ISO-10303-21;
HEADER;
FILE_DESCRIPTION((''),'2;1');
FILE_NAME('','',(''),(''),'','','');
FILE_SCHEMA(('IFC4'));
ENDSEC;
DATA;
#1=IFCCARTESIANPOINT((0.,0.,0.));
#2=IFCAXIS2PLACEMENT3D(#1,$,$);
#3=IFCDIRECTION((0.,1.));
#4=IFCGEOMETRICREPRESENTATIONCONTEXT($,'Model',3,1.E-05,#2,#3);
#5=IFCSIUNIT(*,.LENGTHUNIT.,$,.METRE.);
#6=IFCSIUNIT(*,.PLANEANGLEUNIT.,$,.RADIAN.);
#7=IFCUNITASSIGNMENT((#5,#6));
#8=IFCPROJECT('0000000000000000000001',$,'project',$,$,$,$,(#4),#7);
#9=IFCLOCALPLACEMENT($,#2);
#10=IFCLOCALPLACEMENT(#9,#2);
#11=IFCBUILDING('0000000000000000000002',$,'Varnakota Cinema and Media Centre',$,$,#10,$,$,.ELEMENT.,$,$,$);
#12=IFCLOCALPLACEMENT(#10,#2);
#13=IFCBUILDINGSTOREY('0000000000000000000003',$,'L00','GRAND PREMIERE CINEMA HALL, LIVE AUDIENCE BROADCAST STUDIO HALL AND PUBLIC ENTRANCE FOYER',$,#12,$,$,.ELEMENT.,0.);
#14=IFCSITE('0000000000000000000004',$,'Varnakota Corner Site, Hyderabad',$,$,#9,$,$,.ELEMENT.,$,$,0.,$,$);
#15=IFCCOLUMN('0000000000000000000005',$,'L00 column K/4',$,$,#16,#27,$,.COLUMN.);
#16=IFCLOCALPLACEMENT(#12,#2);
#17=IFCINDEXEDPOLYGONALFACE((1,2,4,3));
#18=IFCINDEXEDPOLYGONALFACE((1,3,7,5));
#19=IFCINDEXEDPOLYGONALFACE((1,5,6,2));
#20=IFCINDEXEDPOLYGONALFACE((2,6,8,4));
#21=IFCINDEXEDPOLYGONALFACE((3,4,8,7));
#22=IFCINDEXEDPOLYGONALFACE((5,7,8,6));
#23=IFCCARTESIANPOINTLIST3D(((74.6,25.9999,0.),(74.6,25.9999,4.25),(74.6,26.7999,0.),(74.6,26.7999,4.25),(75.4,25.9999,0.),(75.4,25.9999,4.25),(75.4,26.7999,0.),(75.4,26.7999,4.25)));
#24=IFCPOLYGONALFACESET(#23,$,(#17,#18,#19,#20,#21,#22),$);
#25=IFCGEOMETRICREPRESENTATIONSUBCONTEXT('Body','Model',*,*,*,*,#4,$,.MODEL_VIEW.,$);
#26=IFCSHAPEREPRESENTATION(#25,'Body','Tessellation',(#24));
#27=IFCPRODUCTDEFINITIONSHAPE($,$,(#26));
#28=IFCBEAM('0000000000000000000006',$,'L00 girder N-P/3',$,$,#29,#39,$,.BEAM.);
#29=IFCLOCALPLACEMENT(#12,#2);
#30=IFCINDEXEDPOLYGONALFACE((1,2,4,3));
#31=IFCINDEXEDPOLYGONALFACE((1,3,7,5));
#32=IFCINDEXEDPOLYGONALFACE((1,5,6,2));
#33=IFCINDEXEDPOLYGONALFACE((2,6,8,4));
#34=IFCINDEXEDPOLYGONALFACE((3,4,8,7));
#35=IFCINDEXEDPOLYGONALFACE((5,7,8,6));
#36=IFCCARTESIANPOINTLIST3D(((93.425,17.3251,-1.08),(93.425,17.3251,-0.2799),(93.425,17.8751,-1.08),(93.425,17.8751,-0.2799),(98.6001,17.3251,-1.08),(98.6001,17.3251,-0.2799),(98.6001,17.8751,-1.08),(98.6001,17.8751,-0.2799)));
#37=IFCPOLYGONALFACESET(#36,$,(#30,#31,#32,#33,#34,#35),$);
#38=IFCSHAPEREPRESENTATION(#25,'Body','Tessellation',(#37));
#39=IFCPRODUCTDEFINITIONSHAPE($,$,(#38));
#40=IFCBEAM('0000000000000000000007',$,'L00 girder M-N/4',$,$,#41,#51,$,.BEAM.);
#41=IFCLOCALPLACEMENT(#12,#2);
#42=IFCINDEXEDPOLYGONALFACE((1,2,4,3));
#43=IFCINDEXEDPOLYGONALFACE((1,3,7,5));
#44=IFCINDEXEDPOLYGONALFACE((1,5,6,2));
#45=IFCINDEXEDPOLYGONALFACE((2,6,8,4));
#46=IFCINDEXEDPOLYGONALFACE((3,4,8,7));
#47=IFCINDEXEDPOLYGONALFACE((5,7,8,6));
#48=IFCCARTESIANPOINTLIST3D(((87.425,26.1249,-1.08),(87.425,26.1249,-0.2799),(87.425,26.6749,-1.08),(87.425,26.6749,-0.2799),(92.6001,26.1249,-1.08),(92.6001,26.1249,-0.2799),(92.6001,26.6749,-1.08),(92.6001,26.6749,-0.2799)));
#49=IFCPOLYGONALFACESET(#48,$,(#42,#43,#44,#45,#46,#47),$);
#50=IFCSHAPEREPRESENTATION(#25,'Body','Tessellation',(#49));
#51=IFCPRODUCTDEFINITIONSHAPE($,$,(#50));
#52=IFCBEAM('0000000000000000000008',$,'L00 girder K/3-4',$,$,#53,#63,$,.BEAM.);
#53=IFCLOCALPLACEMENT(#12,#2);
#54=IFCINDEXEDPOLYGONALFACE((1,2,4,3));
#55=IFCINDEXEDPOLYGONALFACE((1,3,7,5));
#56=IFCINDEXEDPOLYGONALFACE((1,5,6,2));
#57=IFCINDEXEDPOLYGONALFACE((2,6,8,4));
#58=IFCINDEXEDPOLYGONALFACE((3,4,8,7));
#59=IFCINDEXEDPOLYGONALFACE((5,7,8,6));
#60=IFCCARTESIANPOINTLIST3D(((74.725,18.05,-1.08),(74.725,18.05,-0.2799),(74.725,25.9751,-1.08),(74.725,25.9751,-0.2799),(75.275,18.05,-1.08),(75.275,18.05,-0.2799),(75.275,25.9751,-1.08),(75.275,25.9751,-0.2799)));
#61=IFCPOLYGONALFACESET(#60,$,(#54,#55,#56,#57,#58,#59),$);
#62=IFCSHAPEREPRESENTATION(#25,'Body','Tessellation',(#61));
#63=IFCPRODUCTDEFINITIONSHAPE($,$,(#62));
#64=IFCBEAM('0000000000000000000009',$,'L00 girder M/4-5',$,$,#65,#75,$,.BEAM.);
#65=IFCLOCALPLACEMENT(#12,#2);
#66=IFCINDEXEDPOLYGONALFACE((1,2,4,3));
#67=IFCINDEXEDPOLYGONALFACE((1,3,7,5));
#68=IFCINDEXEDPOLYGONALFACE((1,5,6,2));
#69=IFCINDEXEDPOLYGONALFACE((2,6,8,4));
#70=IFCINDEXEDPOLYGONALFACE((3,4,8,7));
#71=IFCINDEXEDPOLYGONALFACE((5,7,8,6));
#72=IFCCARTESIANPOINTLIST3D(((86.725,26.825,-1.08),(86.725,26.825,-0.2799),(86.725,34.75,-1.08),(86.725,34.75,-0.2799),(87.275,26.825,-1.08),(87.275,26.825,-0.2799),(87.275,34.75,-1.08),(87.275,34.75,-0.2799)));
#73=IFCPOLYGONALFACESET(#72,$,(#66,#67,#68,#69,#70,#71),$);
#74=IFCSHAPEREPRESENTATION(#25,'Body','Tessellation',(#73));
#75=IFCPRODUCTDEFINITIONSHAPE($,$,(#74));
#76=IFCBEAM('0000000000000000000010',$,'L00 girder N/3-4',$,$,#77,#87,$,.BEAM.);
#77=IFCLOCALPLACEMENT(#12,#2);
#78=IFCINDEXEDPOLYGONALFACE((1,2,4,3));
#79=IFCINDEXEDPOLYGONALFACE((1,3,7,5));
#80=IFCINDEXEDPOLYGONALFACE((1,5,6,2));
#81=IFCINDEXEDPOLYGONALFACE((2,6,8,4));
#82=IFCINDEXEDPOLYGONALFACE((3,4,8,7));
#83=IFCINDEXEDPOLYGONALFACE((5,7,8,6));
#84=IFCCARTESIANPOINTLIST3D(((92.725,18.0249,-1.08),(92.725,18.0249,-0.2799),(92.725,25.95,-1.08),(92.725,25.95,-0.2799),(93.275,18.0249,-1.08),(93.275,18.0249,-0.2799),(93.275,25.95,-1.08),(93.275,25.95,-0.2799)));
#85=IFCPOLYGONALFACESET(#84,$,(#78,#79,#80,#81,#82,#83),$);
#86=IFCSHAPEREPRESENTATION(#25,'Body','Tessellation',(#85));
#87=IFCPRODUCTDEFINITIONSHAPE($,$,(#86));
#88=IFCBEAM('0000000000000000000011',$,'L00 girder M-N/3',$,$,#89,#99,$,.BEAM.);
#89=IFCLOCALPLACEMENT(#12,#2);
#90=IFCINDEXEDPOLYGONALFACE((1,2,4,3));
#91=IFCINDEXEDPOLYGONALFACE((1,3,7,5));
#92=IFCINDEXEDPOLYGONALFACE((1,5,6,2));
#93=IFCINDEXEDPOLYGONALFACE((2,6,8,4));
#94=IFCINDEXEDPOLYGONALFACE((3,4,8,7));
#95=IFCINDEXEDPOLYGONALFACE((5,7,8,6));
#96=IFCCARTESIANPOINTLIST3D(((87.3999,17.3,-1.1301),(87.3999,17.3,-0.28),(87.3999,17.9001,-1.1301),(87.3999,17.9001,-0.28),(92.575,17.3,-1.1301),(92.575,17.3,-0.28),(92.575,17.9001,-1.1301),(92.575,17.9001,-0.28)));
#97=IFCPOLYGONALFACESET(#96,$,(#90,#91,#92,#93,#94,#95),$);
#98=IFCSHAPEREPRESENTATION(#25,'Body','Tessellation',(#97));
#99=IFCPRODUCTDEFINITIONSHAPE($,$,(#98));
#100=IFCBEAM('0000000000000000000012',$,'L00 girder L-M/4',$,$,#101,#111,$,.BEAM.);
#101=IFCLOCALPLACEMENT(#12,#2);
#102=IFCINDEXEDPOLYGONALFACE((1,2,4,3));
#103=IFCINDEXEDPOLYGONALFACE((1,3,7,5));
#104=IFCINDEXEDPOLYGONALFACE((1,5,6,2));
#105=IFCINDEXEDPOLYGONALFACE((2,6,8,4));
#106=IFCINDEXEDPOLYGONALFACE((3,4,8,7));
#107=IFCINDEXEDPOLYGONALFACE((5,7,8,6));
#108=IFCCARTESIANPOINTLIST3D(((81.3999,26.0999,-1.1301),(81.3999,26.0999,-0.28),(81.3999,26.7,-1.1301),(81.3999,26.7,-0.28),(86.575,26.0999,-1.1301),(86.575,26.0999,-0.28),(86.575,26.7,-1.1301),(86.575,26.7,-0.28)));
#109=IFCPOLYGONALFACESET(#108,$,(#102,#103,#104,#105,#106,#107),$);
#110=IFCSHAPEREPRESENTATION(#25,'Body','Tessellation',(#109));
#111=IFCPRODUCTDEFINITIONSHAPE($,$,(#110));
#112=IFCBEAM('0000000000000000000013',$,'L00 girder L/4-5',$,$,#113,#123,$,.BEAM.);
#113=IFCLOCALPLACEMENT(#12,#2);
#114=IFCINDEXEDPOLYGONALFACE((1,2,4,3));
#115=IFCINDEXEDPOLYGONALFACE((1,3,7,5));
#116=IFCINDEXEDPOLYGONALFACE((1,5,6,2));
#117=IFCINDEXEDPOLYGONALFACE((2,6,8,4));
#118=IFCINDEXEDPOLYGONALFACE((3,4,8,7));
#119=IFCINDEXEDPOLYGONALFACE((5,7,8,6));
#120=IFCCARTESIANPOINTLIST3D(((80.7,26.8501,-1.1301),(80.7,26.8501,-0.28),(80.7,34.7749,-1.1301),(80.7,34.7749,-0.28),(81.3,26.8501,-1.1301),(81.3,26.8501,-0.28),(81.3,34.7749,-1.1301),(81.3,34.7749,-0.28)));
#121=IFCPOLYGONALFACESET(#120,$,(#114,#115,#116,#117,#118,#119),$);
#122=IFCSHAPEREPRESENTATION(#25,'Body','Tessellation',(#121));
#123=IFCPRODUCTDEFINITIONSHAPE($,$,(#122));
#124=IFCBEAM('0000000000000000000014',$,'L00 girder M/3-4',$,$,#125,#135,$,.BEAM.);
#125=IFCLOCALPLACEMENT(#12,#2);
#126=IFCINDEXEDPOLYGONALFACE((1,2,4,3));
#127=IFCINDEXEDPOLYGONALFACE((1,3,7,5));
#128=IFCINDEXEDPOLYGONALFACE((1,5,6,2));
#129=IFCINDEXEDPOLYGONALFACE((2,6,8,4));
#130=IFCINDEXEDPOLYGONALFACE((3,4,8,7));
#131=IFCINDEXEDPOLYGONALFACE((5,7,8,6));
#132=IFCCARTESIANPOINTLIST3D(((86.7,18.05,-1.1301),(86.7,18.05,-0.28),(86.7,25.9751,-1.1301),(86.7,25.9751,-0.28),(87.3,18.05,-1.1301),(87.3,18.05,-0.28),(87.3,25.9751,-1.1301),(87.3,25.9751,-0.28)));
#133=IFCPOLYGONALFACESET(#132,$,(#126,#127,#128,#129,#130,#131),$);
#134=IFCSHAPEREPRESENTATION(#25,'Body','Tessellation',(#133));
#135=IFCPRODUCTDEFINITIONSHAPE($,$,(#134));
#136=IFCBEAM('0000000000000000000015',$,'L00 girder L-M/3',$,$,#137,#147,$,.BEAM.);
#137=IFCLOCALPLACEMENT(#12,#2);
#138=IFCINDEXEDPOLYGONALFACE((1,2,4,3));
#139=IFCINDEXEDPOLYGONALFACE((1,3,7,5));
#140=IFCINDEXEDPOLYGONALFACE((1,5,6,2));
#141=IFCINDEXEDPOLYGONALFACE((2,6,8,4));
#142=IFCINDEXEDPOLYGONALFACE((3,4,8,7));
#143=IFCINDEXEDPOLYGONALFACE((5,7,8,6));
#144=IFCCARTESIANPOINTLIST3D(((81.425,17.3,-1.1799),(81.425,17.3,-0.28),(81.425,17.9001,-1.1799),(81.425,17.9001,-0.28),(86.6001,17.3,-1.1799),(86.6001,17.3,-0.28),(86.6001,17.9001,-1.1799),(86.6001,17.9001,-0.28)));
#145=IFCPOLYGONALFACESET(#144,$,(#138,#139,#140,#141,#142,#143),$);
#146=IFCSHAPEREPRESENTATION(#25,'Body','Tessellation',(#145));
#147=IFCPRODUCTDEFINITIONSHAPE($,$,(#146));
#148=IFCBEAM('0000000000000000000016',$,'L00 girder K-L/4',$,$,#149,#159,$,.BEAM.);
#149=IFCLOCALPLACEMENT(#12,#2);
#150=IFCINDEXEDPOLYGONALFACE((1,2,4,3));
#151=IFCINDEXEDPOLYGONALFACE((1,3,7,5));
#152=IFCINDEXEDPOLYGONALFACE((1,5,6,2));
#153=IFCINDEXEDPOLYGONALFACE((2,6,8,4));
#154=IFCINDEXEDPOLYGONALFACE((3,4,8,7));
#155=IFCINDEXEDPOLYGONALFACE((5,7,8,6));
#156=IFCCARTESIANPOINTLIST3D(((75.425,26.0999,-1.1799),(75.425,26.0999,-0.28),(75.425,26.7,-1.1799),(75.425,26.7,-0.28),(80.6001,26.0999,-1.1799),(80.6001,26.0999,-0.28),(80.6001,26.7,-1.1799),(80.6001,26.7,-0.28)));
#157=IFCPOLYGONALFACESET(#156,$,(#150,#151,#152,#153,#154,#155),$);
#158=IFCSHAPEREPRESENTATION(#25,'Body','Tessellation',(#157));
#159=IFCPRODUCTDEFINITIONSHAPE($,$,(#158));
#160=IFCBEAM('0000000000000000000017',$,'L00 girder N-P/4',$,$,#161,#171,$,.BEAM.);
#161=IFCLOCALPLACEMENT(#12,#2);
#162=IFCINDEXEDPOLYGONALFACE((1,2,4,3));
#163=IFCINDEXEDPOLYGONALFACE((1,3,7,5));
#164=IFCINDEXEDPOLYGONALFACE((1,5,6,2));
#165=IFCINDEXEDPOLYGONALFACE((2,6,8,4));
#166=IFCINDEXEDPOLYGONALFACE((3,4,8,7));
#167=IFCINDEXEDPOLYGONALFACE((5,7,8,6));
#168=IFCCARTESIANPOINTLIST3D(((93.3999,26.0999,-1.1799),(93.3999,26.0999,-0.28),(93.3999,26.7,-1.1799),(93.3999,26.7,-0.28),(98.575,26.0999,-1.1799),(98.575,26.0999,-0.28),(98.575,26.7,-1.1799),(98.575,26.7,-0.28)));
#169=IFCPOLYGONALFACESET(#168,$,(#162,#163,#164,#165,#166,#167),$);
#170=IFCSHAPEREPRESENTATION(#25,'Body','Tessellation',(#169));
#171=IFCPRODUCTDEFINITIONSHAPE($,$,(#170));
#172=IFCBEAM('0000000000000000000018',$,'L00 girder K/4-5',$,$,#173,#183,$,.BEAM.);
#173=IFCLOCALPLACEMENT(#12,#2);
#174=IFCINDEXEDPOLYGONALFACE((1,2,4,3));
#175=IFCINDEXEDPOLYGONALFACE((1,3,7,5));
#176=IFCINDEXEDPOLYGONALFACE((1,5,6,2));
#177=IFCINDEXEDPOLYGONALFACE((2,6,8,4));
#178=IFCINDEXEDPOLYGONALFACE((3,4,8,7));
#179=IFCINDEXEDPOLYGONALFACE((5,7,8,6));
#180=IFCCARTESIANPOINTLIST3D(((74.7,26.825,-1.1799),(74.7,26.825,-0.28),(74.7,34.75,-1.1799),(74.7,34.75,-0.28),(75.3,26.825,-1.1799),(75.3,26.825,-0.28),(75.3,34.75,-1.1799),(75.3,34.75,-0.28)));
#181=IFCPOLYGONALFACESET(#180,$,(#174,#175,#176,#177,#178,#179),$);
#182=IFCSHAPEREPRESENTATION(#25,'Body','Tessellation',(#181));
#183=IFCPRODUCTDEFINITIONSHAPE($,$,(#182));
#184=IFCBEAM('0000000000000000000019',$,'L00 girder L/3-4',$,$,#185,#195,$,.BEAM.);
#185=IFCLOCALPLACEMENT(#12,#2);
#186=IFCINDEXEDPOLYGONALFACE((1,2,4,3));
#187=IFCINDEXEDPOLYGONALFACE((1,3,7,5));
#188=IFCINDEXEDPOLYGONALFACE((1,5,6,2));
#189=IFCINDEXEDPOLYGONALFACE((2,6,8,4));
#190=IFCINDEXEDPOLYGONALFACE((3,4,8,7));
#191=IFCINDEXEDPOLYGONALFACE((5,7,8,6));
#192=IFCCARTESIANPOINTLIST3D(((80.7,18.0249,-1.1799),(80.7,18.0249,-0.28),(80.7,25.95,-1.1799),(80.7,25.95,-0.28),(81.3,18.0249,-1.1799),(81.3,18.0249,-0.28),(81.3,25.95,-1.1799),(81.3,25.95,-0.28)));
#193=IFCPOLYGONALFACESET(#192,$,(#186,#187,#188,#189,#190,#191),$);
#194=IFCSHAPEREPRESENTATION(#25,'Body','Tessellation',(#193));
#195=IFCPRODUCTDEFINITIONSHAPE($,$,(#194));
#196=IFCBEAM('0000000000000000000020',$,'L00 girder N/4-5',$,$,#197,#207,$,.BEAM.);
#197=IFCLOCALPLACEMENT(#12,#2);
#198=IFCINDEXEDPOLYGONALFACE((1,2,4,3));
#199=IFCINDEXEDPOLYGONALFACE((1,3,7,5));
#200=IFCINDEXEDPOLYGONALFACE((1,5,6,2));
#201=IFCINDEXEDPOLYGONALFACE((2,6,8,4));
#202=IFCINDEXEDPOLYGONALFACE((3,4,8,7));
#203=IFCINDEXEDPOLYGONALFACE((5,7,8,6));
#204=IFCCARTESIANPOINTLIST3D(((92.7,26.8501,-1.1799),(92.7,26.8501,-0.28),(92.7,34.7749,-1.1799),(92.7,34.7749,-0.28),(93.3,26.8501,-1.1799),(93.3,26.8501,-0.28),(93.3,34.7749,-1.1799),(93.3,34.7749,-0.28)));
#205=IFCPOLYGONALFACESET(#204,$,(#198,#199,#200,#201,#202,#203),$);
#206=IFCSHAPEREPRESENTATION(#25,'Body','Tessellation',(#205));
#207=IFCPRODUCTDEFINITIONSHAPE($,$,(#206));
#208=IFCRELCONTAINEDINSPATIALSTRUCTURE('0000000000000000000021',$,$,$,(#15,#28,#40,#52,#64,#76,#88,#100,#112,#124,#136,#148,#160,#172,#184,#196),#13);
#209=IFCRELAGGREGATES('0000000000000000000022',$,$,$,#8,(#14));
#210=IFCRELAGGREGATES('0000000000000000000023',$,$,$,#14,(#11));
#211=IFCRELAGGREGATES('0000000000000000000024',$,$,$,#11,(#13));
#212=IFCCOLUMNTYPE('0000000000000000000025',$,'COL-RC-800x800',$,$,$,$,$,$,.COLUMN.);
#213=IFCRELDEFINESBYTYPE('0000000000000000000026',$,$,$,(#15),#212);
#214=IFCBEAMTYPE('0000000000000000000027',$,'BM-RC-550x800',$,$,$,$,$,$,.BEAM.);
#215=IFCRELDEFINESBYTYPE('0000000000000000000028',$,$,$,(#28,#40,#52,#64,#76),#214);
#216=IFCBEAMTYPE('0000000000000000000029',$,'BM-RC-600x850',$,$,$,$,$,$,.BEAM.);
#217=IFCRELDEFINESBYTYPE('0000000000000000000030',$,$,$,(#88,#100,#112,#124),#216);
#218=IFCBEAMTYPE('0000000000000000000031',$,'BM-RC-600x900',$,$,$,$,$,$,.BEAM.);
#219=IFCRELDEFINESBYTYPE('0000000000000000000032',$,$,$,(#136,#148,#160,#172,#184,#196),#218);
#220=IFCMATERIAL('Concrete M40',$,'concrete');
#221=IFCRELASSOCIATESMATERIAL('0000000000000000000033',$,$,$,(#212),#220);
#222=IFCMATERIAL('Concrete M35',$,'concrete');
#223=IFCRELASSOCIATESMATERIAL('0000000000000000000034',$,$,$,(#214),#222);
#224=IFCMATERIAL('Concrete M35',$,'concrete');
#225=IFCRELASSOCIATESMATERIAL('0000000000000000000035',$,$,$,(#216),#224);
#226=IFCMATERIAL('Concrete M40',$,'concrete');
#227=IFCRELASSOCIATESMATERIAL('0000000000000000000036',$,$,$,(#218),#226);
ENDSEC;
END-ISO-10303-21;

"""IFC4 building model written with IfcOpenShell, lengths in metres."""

from ifc_helpers import new_model, si_unit, direction, frame, origin, origin_2d, place, context, subcontext, project, spatial, rectangle, extrude, material, material_profile, profile_set, type_object, element, save


model = new_model("IFC4")

# Units and contexts
model_context = context("Model", 3, precision=1e-05, world=origin(), true_north=direction((0.0, 1.0)))
body_context = subcontext(model_context, "Body", "Model", "MODEL_VIEW")
ifc_project = project(units=[si_unit("LENGTHUNIT", "METRE"), si_unit("PLANEANGLEUNIT", "RADIAN")], contexts=[model_context])

# Site, building, storey
site_placement = place(None, origin())
site = spatial("IfcSite", under=ifc_project, at=site_placement, Name="Varnakota Corner Site, Hyderabad", CompositionType="ELEMENT", RefElevation=0.0)
building_placement = place(site_placement, origin())
building = spatial("IfcBuilding", under=site, at=building_placement, Name="Varnakota Cinema and Media Centre", CompositionType="ELEMENT")
storey_placement = place(building_placement, origin())
storey = spatial("IfcBuildingStorey", under=building, at=storey_placement, Name="L00", Description="GRAND PREMIERE CINEMA HALL, LIVE AUDIENCE BROADCAST STUDIO HALL AND PUBLIC ENTRANCE FOYER", CompositionType="ELEMENT", Elevation=0.0)

# Column
ifc_material_1 = material(Name="Concrete M40", Category="concrete")
ifc_material_profile_1 = material_profile(ifc_material_1, rectangle(XDim=0.8, YDim=0.8, at=origin_2d()), Name="RC 800x800")
ifc_profile_set_1 = profile_set([ifc_material_profile_1], Name="Concrete M40")
column_type = type_object("IfcColumnType", Name="COL-RC-800x800", PredefinedType="COLUMN", material=ifc_profile_set_1)
column_placement = place(storey_placement, frame((75.0, 26.3999, 0.0), z_axis=(0.0, 0.0, 1.0), x_axis=(1.0, 0.0, 0.0)))
element("IfcColumn", 1, at=column_placement, inside=storey, type_object=column_type, Name="L00 column K/4", PredefinedType="COLUMN", context=body_context, shape_type="SweptSolid", body=[
    extrude(rectangle(XDim=0.8, YDim=0.8, at=origin_2d()), origin(), (0.0, 0.0, 1.0), 4.25),
])

# Beams
ifc_material_2 = material(Name="Concrete M35", Category="concrete")
ifc_material_profile_2 = material_profile(ifc_material_2, rectangle(XDim=0.55, YDim=0.8, at=origin_2d()), Name="RCB 550x800")
ifc_profile_set_2 = profile_set([ifc_material_profile_2], Name="Concrete M35")
beam_type_1 = type_object("IfcBeamType", Name="BM-RC-550x800", PredefinedType="BEAM", material=ifc_profile_set_2)
for number, where, z_axis, x_axis, name in (
    (2, (93.425, 17.6001, -0.6799), (1.0, 0.0, 0.0), (0.0, 1.0, 0.0), "L00 girder N-P/3"),
    (3, (87.425, 26.3999, -0.6799), (1.0, 0.0, 0.0), (0.0, 1.0, 0.0), "L00 girder M-N/4"),
):
    element("IfcBeam", number, at=place(storey_placement, frame(where, z_axis=z_axis, x_axis=x_axis)), inside=storey, type_object=beam_type_1, Name=name, PredefinedType="BEAM", context=body_context, shape_type="SweptSolid", body=[
        extrude(rectangle(XDim=0.55, YDim=0.8, at=origin_2d()), origin(), (0.0, 0.0, 1.0), 5.175),
    ])
for number, where, z_axis, x_axis, name in (
    (4, (75.0, 18.05, -0.6799), (0.0, 1.0, 0.0), (-1.0, 0.0, 0.0), "L00 girder K/3-4"),
    (5, (87.0, 26.825, -0.6799), (0.0, 1.0, 0.0), (-1.0, 0.0, 0.0), "L00 girder M/4-5"),
    (6, (93.0, 18.0249, -0.6799), (0.0, 1.0, 0.0), (-1.0, 0.0, 0.0), "L00 girder N/3-4"),
):
    element("IfcBeam", number, at=place(storey_placement, frame(where, z_axis=z_axis, x_axis=x_axis)), inside=storey, type_object=beam_type_1, Name=name, PredefinedType="BEAM", context=body_context, shape_type="SweptSolid", body=[
        extrude(rectangle(XDim=0.55, YDim=0.8, at=origin_2d()), origin(), (0.0, 0.0, 1.0), 7.925),
    ])
ifc_material_3 = material(Name="Concrete M35", Category="concrete")
ifc_material_profile_3 = material_profile(ifc_material_3, rectangle(XDim=0.6001, YDim=0.8501, at=origin_2d()), Name="RCB 600x850")
ifc_profile_set_3 = profile_set([ifc_material_profile_3], Name="Concrete M35")
beam_type_2 = type_object("IfcBeamType", Name="BM-RC-600x850", PredefinedType="BEAM", material=ifc_profile_set_3)
for number, where, z_axis, x_axis, name in (
    (7, (87.3999, 17.6001, -0.7051), (1.0, 0.0, 0.0), (0.0, 1.0, 0.0), "L00 girder M-N/3"),
    (8, (81.3999, 26.3999, -0.7051), (1.0, 0.0, 0.0), (0.0, 1.0, 0.0), "L00 girder L-M/4"),
):
    element("IfcBeam", number, at=place(storey_placement, frame(where, z_axis=z_axis, x_axis=x_axis)), inside=storey, type_object=beam_type_2, Name=name, PredefinedType="BEAM", context=body_context, shape_type="SweptSolid", body=[
        extrude(rectangle(XDim=0.6001, YDim=0.8501, at=origin_2d()), origin(), (0.0, 0.0, 1.0), 5.175),
    ])
beam_1_placement = place(storey_placement, frame((81.0, 26.8501, -0.7051), z_axis=(0.0, 1.0, 0.0), x_axis=(-1.0, 0.0, 0.0)))
element("IfcBeam", 9, at=beam_1_placement, inside=storey, type_object=beam_type_2, Name="L00 girder L/4-5", PredefinedType="BEAM", context=body_context, shape_type="SweptSolid", body=[
    extrude(rectangle(XDim=0.6001, YDim=0.8501, at=origin_2d()), origin(), (0.0, 0.0, 1.0), 7.9248),
])
beam_2_placement = place(storey_placement, frame((87.0, 18.05, -0.7051), z_axis=(0.0, 1.0, 0.0), x_axis=(-1.0, 0.0, 0.0)))
element("IfcBeam", 10, at=beam_2_placement, inside=storey, type_object=beam_type_2, Name="L00 girder M/3-4", PredefinedType="BEAM", context=body_context, shape_type="SweptSolid", body=[
    extrude(rectangle(XDim=0.6001, YDim=0.8501, at=origin_2d()), origin(), (0.0, 0.0, 1.0), 7.925),
])
ifc_material_4 = material(Name="Concrete M40", Category="concrete")
ifc_material_profile_4 = material_profile(ifc_material_4, rectangle(XDim=0.6001, YDim=0.8999, at=origin_2d()), Name="RCB 600x900")
ifc_profile_set_4 = profile_set([ifc_material_profile_4], Name="Concrete M40")
beam_type_3 = type_object("IfcBeamType", Name="BM-RC-600x900", PredefinedType="BEAM", material=ifc_profile_set_4)
for number, where, z_axis, x_axis, name in (
    (11, (81.425, 17.6001, -0.73), (1.0, 0.0, 0.0), (0.0, 1.0, 0.0), "L00 girder L-M/3"),
    (12, (75.425, 26.3999, -0.73), (1.0, 0.0, 0.0), (0.0, 1.0, 0.0), "L00 girder K-L/4"),
    (13, (93.3999, 26.3999, -0.73), (1.0, 0.0, 0.0), (0.0, 1.0, 0.0), "L00 girder N-P/4"),
):
    element("IfcBeam", number, at=place(storey_placement, frame(where, z_axis=z_axis, x_axis=x_axis)), inside=storey, type_object=beam_type_3, Name=name, PredefinedType="BEAM", context=body_context, shape_type="SweptSolid", body=[
        extrude(rectangle(XDim=0.6001, YDim=0.8999, at=origin_2d()), origin(), (0.0, 0.0, 1.0), 5.175),
    ])
for number, where, z_axis, x_axis, name in (
    (14, (75.0, 26.825, -0.73), (0.0, 1.0, 0.0), (-1.0, 0.0, 0.0), "L00 girder K/4-5"),
    (15, (81.0, 18.0249, -0.73), (0.0, 1.0, 0.0), (-1.0, 0.0, 0.0), "L00 girder L/3-4"),
):
    element("IfcBeam", number, at=place(storey_placement, frame(where, z_axis=z_axis, x_axis=x_axis)), inside=storey, type_object=beam_type_3, Name=name, PredefinedType="BEAM", context=body_context, shape_type="SweptSolid", body=[
        extrude(rectangle(XDim=0.6001, YDim=0.8999, at=origin_2d()), origin(), (0.0, 0.0, 1.0), 7.925),
    ])
beam_3_placement = place(storey_placement, frame((93.0, 26.8501, -0.73), z_axis=(0.0, 1.0, 0.0), x_axis=(-1.0, 0.0, 0.0)))
element("IfcBeam", 16, at=beam_3_placement, inside=storey, type_object=beam_type_3, Name="L00 girder N/4-5", PredefinedType="BEAM", context=body_context, shape_type="SweptSolid", body=[
    extrude(rectangle(XDim=0.6001, YDim=0.8999, at=origin_2d()), origin(), (0.0, 0.0, 1.0), 7.9248),
])

save(model, "model.ifc")
